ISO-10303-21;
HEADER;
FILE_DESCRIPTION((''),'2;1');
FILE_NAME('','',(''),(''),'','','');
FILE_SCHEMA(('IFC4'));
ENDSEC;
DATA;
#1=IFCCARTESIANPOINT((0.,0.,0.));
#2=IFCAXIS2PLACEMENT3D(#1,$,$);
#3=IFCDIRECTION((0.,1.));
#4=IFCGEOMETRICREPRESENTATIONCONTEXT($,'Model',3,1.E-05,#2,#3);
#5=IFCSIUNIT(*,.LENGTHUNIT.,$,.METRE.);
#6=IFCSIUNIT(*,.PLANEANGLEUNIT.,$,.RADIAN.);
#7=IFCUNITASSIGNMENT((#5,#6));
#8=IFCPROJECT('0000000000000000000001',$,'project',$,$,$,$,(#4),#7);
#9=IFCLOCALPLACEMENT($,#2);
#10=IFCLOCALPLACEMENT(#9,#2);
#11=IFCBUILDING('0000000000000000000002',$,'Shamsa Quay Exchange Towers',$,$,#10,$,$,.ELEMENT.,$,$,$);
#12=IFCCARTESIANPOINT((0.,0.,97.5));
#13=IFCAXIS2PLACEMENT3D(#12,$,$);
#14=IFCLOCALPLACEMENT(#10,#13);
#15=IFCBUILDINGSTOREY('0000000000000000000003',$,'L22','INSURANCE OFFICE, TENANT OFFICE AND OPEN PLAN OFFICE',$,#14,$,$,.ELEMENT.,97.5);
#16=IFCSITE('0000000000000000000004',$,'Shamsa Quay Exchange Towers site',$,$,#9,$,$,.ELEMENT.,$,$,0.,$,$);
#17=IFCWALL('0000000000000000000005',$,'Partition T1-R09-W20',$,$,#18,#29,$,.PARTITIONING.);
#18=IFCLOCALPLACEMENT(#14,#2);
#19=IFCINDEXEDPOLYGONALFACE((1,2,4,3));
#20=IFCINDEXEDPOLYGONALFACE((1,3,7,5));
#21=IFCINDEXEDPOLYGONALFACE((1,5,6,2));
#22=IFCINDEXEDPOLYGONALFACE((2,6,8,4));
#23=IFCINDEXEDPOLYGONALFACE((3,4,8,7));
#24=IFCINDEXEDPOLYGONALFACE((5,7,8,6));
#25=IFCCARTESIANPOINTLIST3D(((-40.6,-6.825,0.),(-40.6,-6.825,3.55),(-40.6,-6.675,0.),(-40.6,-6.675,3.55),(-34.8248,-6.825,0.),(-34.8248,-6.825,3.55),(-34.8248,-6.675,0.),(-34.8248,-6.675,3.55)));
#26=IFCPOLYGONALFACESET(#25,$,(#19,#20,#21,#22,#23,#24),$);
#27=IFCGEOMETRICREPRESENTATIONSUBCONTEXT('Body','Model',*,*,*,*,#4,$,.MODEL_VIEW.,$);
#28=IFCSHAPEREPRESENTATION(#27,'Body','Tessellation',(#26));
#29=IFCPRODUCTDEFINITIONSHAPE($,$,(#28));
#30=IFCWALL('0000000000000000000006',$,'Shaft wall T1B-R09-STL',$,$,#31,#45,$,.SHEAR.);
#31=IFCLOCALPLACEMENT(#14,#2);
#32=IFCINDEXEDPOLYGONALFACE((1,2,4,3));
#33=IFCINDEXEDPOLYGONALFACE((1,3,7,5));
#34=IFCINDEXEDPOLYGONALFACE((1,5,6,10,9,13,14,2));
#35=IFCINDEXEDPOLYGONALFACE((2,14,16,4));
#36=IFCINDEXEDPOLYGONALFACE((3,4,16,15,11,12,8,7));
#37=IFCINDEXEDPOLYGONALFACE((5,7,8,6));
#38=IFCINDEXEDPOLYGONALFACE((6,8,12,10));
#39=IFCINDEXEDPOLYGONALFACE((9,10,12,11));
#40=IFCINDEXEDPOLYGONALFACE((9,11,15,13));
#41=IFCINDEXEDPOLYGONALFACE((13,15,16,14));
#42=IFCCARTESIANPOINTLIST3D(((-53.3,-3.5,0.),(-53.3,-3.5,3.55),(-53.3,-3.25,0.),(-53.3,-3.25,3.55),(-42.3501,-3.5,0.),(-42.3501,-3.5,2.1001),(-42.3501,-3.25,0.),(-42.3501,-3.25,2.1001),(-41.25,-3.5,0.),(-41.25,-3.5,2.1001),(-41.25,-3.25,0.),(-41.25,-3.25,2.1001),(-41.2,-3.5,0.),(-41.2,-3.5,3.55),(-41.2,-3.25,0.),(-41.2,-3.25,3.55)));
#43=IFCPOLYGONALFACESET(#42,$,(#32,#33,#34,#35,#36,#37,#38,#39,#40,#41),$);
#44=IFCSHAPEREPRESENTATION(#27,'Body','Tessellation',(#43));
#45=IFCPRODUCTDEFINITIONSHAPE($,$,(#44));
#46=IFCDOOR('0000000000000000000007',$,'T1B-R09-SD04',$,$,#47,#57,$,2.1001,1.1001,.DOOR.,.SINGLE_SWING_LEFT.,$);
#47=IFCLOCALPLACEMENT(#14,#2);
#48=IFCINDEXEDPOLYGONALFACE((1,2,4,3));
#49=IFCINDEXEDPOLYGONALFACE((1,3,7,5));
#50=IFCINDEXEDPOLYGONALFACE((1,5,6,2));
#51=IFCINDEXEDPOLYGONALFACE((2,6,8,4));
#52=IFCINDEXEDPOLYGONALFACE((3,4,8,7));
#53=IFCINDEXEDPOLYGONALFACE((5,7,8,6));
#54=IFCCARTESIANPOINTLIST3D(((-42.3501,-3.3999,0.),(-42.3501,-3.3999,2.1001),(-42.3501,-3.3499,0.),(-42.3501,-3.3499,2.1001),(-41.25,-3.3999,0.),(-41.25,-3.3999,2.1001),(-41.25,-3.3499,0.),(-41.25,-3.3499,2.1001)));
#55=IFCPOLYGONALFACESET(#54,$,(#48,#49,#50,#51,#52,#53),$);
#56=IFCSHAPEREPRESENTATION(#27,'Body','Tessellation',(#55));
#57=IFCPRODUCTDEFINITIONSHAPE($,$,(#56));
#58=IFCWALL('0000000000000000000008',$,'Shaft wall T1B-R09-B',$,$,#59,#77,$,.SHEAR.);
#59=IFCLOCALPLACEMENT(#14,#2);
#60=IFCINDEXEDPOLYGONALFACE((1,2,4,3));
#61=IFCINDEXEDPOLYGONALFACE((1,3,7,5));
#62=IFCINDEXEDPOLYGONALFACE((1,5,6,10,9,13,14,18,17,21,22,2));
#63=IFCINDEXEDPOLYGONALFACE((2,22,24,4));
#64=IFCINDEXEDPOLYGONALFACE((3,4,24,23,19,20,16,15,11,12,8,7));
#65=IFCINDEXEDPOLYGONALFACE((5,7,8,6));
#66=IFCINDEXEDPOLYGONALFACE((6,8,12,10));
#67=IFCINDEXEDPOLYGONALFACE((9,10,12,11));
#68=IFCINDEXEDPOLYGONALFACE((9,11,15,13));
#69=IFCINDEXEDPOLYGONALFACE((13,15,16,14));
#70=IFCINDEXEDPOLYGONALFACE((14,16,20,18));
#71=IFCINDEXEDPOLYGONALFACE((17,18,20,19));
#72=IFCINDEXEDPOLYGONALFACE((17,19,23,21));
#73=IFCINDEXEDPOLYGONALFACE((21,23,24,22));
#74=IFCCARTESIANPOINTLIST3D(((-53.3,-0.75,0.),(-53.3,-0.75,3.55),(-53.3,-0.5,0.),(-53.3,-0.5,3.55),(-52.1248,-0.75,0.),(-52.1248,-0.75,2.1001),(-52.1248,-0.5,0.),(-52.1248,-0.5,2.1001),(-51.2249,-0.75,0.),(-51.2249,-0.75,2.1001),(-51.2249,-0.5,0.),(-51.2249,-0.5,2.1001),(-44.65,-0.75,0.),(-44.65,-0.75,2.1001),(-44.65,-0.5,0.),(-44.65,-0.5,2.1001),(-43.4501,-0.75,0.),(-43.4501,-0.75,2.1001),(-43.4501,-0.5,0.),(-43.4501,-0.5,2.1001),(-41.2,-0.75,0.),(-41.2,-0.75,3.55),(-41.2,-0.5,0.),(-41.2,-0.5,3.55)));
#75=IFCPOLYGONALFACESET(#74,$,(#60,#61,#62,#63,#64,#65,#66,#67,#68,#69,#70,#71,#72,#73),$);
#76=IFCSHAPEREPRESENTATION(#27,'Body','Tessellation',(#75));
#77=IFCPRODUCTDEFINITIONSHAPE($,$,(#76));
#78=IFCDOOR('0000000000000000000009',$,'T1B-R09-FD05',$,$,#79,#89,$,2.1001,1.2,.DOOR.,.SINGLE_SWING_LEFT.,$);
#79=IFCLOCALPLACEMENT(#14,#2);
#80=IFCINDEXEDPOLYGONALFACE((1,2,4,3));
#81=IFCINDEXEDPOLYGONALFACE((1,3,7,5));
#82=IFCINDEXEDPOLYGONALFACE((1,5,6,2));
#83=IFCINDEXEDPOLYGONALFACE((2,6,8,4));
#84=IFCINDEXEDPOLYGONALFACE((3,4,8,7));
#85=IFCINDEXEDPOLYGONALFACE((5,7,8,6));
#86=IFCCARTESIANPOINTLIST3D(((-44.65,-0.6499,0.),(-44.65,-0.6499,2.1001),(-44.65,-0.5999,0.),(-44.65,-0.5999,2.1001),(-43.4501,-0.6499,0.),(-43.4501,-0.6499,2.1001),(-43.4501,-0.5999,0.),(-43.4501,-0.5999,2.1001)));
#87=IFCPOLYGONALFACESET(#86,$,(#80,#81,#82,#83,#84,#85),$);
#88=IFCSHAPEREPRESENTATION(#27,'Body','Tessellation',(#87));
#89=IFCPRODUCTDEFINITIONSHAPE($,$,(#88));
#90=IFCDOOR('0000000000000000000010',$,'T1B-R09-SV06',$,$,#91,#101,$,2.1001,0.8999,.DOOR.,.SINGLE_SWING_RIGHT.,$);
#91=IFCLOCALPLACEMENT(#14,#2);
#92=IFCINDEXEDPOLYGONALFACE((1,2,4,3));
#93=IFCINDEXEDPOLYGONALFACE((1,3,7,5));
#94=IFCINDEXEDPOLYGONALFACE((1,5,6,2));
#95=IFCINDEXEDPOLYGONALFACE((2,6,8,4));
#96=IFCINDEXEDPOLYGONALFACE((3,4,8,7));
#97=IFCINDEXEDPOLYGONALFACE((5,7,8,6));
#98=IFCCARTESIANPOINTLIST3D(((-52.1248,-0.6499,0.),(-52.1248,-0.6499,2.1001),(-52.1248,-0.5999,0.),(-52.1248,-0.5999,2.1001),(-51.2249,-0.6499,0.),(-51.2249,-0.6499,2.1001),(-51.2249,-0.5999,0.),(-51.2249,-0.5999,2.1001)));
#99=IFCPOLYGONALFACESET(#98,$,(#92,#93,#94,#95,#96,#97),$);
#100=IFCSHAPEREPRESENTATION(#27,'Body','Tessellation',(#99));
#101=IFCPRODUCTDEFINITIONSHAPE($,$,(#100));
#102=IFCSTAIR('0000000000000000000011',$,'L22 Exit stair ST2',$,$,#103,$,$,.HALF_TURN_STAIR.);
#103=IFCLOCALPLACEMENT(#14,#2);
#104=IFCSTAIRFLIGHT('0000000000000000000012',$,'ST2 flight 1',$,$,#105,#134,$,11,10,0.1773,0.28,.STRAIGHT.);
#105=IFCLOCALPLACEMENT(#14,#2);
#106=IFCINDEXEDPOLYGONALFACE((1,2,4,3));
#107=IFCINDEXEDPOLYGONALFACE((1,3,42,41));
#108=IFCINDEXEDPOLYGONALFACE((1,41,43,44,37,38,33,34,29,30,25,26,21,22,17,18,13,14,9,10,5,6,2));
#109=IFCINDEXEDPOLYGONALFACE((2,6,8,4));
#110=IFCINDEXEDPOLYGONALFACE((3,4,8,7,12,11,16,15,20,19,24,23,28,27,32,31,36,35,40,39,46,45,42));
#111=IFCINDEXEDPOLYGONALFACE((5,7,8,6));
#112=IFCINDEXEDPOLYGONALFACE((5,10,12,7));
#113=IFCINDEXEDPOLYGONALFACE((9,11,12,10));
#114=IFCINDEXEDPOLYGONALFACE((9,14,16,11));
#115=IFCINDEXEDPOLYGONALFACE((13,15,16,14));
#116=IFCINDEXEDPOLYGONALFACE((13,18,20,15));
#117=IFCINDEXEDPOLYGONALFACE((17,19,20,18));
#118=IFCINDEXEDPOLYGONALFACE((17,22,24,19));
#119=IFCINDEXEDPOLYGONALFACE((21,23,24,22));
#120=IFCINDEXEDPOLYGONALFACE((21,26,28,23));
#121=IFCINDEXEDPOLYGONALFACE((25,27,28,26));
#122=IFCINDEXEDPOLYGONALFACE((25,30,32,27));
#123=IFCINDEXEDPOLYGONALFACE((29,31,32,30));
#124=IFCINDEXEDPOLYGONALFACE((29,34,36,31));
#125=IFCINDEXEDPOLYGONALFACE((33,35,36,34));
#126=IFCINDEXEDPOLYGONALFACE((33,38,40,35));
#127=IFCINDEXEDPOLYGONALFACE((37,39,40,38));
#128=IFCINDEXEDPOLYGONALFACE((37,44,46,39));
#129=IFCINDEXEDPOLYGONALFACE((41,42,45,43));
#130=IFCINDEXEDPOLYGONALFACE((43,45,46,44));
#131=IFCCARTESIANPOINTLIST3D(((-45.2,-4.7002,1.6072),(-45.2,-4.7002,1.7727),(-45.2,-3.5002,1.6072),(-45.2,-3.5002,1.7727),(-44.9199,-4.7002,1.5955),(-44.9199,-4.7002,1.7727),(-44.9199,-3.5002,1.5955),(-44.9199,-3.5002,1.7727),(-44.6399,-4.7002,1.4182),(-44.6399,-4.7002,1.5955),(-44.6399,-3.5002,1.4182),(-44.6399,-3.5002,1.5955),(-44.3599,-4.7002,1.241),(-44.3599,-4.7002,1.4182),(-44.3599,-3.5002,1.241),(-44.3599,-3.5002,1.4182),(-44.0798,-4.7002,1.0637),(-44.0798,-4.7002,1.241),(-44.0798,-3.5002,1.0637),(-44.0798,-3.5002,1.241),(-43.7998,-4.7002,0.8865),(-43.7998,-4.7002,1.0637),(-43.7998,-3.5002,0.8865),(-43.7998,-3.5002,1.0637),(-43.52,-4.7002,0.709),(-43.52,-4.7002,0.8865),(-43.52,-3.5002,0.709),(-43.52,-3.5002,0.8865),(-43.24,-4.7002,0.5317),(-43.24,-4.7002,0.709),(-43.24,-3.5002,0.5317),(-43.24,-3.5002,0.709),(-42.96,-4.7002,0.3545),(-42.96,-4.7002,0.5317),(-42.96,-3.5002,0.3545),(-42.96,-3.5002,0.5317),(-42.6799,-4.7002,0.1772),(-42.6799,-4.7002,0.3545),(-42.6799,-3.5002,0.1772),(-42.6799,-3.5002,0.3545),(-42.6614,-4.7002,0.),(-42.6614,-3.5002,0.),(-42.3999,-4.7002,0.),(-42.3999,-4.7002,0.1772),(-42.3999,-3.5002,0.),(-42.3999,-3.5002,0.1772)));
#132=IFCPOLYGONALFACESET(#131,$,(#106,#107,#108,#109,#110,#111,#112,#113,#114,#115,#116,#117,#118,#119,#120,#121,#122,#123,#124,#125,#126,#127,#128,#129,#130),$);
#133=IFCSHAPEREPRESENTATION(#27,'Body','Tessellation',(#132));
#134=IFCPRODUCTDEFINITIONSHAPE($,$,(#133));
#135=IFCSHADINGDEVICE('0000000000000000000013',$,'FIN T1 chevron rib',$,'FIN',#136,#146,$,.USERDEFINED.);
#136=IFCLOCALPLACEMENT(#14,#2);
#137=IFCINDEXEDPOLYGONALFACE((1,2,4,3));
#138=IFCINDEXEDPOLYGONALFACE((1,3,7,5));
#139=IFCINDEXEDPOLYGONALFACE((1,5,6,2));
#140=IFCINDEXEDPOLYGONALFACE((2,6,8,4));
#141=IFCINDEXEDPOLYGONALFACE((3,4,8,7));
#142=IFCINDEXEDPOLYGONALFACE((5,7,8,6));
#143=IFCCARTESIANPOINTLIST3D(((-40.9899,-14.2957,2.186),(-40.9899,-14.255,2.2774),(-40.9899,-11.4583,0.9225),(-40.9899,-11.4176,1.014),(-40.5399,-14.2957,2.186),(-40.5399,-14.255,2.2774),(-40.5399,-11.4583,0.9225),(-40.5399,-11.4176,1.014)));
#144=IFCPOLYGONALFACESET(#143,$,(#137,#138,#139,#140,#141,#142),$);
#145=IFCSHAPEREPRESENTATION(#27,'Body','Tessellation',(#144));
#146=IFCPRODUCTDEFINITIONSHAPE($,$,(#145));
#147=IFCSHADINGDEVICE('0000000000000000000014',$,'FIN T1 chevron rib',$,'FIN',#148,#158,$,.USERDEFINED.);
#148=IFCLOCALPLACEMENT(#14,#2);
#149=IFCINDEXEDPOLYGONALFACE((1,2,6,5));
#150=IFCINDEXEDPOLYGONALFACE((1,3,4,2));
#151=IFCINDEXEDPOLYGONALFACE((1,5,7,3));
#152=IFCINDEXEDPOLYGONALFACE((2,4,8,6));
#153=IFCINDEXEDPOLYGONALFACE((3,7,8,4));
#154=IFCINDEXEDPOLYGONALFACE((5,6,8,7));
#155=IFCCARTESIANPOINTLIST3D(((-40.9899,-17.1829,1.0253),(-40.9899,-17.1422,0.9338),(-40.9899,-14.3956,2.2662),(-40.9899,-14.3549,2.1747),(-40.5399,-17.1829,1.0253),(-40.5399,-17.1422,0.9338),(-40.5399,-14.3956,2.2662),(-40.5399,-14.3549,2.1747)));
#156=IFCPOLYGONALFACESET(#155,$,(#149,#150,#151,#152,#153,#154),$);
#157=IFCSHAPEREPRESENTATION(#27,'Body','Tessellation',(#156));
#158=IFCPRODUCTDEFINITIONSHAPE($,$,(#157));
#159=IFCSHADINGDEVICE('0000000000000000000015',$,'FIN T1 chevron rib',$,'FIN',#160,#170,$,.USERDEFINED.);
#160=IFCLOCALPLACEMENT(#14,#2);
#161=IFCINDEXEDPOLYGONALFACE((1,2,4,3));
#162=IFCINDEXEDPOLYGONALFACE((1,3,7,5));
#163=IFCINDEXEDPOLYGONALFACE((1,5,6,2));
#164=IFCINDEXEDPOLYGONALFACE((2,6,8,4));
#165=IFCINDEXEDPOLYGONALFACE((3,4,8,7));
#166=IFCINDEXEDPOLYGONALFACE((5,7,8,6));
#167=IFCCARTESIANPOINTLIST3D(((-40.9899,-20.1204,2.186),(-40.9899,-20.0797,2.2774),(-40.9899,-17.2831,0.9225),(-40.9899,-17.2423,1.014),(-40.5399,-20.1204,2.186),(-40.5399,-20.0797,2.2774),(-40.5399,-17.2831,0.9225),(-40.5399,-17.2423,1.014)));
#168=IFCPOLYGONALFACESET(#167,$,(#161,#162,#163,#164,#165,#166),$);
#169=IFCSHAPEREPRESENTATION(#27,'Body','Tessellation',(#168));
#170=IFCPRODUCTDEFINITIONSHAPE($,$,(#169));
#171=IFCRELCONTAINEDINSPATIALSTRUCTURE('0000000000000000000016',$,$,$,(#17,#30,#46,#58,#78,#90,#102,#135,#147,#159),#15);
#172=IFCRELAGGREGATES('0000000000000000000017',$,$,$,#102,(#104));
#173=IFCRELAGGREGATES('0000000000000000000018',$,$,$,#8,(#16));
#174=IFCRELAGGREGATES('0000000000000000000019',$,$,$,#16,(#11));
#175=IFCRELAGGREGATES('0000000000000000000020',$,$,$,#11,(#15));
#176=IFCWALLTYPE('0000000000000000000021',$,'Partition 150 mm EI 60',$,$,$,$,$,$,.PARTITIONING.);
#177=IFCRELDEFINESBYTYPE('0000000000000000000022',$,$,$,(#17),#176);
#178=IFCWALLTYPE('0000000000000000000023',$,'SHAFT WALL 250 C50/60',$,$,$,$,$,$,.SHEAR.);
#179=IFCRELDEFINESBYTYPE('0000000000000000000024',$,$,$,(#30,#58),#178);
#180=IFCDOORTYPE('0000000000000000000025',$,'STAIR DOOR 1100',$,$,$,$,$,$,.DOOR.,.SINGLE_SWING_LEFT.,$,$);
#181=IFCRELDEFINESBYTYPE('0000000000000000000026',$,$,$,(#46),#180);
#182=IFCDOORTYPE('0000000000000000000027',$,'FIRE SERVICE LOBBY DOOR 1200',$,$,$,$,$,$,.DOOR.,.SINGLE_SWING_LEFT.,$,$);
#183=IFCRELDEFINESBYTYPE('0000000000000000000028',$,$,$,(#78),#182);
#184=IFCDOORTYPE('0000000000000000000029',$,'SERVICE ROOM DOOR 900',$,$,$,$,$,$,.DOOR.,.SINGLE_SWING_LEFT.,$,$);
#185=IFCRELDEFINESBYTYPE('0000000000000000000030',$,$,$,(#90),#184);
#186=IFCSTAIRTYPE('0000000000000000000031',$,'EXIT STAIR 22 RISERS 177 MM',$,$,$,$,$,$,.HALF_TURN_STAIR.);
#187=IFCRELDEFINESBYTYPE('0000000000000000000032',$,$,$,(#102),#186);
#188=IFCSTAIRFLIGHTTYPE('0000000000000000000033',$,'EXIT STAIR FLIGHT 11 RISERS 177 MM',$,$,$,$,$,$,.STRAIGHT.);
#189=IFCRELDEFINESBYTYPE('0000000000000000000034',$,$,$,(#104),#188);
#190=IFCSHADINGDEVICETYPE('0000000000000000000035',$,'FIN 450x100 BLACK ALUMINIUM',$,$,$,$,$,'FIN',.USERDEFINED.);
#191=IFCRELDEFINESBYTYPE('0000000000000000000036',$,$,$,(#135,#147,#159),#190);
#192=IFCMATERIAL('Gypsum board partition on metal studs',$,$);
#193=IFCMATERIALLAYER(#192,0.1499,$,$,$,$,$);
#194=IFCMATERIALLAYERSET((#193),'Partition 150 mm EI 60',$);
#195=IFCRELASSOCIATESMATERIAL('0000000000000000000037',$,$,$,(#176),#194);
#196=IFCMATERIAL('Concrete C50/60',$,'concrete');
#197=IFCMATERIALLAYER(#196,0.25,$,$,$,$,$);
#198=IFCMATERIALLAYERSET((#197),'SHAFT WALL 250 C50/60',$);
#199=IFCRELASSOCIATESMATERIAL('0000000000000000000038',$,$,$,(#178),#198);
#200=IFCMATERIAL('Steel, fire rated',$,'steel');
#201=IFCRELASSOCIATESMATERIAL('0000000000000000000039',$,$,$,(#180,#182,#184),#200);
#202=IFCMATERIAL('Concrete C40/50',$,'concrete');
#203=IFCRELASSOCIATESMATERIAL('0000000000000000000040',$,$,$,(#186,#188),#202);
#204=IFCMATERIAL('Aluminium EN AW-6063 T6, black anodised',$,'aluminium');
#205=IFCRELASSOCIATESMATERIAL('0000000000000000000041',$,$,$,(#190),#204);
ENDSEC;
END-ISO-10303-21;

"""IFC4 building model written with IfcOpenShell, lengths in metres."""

from ifc_helpers import new_model, si_unit, direction, frame, frame_2d, origin, origin_2d, place, context, subcontext, project, spatial, polyline, rectangle, outline, extrude, material, layer, layer_set, material_profile, profile_set, type_object, element, fill, aggregate, save


model = new_model("IFC4")

# Units and contexts
model_context = context("Model", 3, precision=1e-05, world=origin(), true_north=direction((0.0, 1.0)))
body_context = subcontext(model_context, "Body", "Model", "MODEL_VIEW")
ifc_project = project(units=[si_unit("LENGTHUNIT", "METRE"), si_unit("PLANEANGLEUNIT", "RADIAN")], contexts=[model_context])

# Site, building, storey
site_placement = place(None, origin())
site = spatial("IfcSite", under=ifc_project, at=site_placement, Name="Shamsa Quay Exchange Towers site", CompositionType="ELEMENT", RefElevation=0.0)
building_placement = place(site_placement, origin())
building = spatial("IfcBuilding", under=site, at=building_placement, Name="Shamsa Quay Exchange Towers", CompositionType="ELEMENT")
storey_placement = place(building_placement, frame((0.0, 0.0, 97.5)))
storey = spatial("IfcBuildingStorey", under=building, at=storey_placement, Name="L22", Description="INSURANCE OFFICE, TENANT OFFICE AND OPEN PLAN OFFICE", CompositionType="ELEMENT", Elevation=97.5)

# Shared definitions
ifc_material_1 = material(Name="Aluminium EN AW-6063 T6, black anodised", Category="aluminium")

# Shared definitions
ifc_material_2 = material(Name="Steel, fire rated", Category="steel")
ifc_material_3 = material(Name="Gypsum board partition on metal studs")

# Wall
ifc_layer_1 = layer(ifc_material_3, 0.1499)
ifc_layer_set_1 = layer_set([ifc_layer_1], Name="Partition 150 mm EI 60")
wall_type_1 = type_object("IfcWallType", Name="Partition 150 mm EI 60", PredefinedType="PARTITIONING", material=ifc_layer_set_1)
wall_1_placement = place(storey_placement, frame((-40.6001, -6.75, 0.0)))
element("IfcWall", 1, at=wall_1_placement, inside=storey, type_object=wall_type_1, Name="Partition T1-R09-W20", PredefinedType="PARTITIONING", context=body_context, shape_type="SweptSolid", body=[
    extrude(rectangle(XDim=5.7751, YDim=0.1499, at=frame_2d((2.8877, 0.0))), origin(), (0.0, 0.0, 1.0), 3.55),
])

# Wall, opening, door
ifc_material_4 = material(Name="Concrete C50/60", Category="concrete")
ifc_layer_2 = layer(ifc_material_4, 0.25)
ifc_layer_set_2 = layer_set([ifc_layer_2], Name="SHAFT WALL 250 C50/60")
wall_type_2 = type_object("IfcWallType", Name="SHAFT WALL 250 C50/60", PredefinedType="SHEAR", material=ifc_layer_set_2)
wall_2_placement = place(storey_placement, frame((-41.2, -3.375, 0.0), z_axis=(0.0, 0.0, 1.0), x_axis=(-1.0, 0.0, 0.0)))
wall_2 = element("IfcWall", 2, at=wall_2_placement, inside=storey, type_object=wall_type_2, Name="Shaft wall T1B-R09-STL", PredefinedType="SHEAR", context=body_context, shape_type="SweptSolid", body=[
    extrude(rectangle(XDim=12.1001, YDim=0.25, at=frame_2d((6.05, 0.0))), origin(), (0.0, 0.0, 1.0), 3.55),
])
opening_1_placement = place(wall_2_placement, frame((0.05, 0.0, 0.0)))
opening_1 = element("IfcOpeningElement", 3, at=opening_1_placement, cuts=wall_2, PredefinedType="OPENING", context=body_context, shape_type="SweptSolid", body=[
    extrude(rectangle(XDim=1.1001, YDim=2.1001, at=frame_2d((0.55, 1.05))), frame((0.0, 0.135, 0.0), z_axis=(0.0, -1.0, 0.0), x_axis=(1.0, 0.0, 0.0)), (0.0, 0.0, 1.0), 0.27),
])
door_type_1 = type_object("IfcDoorType", Name="STAIR DOOR 1100", OperationType="SINGLE_SWING_LEFT", PredefinedType="DOOR", material=ifc_material_2)
door_1_placement = place(opening_1_placement, origin())
door_1 = element("IfcDoor", 4, at=door_1_placement, inside=storey, type_object=door_type_1, Name="T1B-R09-SD04", OperationType="SINGLE_SWING_LEFT", OverallHeight=2.1001, OverallWidth=1.1001, PredefinedType="DOOR", context=body_context, shape_type="SweptSolid", body=[
    extrude(rectangle(XDim=1.1001, YDim=2.1001, at=frame_2d((0.55, 1.05))), frame((0.0, 0.0249, 0.0), z_axis=(0.0, -1.0, 0.0), x_axis=(1.0, 0.0, 0.0)), (0.0, 0.0, 1.0), 0.05),
])
fill(opening_1, door_1)

# Wall, openings, doors
wall_3_placement = place(storey_placement, frame((-41.2, -0.625, 0.0), z_axis=(0.0, 0.0, 1.0), x_axis=(-1.0, 0.0, 0.0)))
wall_3 = element("IfcWall", 5, at=wall_3_placement, inside=storey, type_object=wall_type_2, Name="Shaft wall T1B-R09-B", PredefinedType="SHEAR", context=body_context, shape_type="SweptSolid", body=[
    extrude(rectangle(XDim=12.1001, YDim=0.25, at=frame_2d((6.05, 0.0))), origin(), (0.0, 0.0, 1.0), 3.55),
])
opening_2_placement = place(wall_3_placement, frame((2.25, 0.0, 0.0)))
opening_2 = element("IfcOpeningElement", 6, at=opening_2_placement, cuts=wall_3, PredefinedType="OPENING", context=body_context, shape_type="SweptSolid", body=[
    extrude(rectangle(XDim=1.2, YDim=2.1001, at=frame_2d((0.6001, 1.05))), frame((0.0, 0.135, 0.0), z_axis=(0.0, -1.0, 0.0), x_axis=(1.0, 0.0, 0.0)), (0.0, 0.0, 1.0), 0.27),
])
opening_3_placement = place(wall_3_placement, frame((10.0249, 0.0, 0.0)))
opening_3 = element("IfcOpeningElement", 7, at=opening_3_placement, cuts=wall_3, PredefinedType="OPENING", context=body_context, shape_type="SweptSolid", body=[
    extrude(rectangle(XDim=0.8999, YDim=2.1001, at=frame_2d((0.45, 1.05))), frame((0.0, 0.135, 0.0), z_axis=(0.0, -1.0, 0.0), x_axis=(1.0, 0.0, 0.0)), (0.0, 0.0, 1.0), 0.27),
])
door_type_2 = type_object("IfcDoorType", Name="FIRE SERVICE LOBBY DOOR 1200", OperationType="SINGLE_SWING_LEFT", PredefinedType="DOOR", material=ifc_material_2)
door_2_placement = place(opening_2_placement, origin())
door_2 = element("IfcDoor", 8, at=door_2_placement, inside=storey, type_object=door_type_2, Name="T1B-R09-FD05", OperationType="SINGLE_SWING_LEFT", OverallHeight=2.1001, OverallWidth=1.2, PredefinedType="DOOR", context=body_context, shape_type="SweptSolid", body=[
    extrude(rectangle(XDim=1.2, YDim=2.1001, at=frame_2d((0.6001, 1.05))), frame((0.0, 0.0249, 0.0), z_axis=(0.0, -1.0, 0.0), x_axis=(1.0, 0.0, 0.0)), (0.0, 0.0, 1.0), 0.05),
])
fill(opening_2, door_2)
door_type_3 = type_object("IfcDoorType", Name="SERVICE ROOM DOOR 900", OperationType="SINGLE_SWING_LEFT", PredefinedType="DOOR", material=ifc_material_2)
door_3_placement = place(opening_3_placement, origin())
door_3 = element("IfcDoor", 9, at=door_3_placement, inside=storey, type_object=door_type_3, Name="T1B-R09-SV06", OperationType="SINGLE_SWING_RIGHT", OverallHeight=2.1001, OverallWidth=0.8999, PredefinedType="DOOR", context=body_context, shape_type="SweptSolid", body=[
    extrude(rectangle(XDim=0.8999, YDim=2.1001, at=frame_2d((0.45, 1.05))), frame((0.0, 0.0249, 0.0), z_axis=(0.0, -1.0, 0.0), x_axis=(1.0, 0.0, 0.0)), (0.0, 0.0, 1.0), 0.05),
])
fill(opening_3, door_3)

# Stair, stair flight
ifc_material_5 = material(Name="Concrete C40/50", Category="concrete")
stair_type = type_object("IfcStairType", Name="EXIT STAIR 22 RISERS 177 MM", PredefinedType="HALF_TURN_STAIR", material=ifc_material_5)
stair_placement = place(storey_placement, origin())
stair = element("IfcStair", 10, at=stair_placement, inside=storey, type_object=stair_type, Name="L22 Exit stair ST2", PredefinedType="HALF_TURN_STAIR")
stair_flight_type = type_object("IfcStairFlightType", Name="EXIT STAIR FLIGHT 11 RISERS 177 MM", PredefinedType="STRAIGHT", material=ifc_material_5)
stair_flight_placement = place(storey_placement, frame((-42.3999, -4.1001, 0.0), z_axis=(0.0, 0.0, 1.0), x_axis=(-1.0, 0.0, 0.0)))
stair_flight = element("IfcStairFlight", 11, at=stair_flight_placement, type_object=stair_flight_type, Name="ST2 flight 1", NumberOfRisers=11, NumberOfTreads=10, PredefinedType="STRAIGHT", RiserHeight=0.1773, TreadLength=0.28, context=body_context, shape_type="SweptSolid", body=[
    extrude(outline(polyline([(0.0, 0.0), (0.0, 0.1772), (0.28, 0.1772), (0.28, 0.3545), (0.5601, 0.3545), (0.5601, 0.5317), (0.8401, 0.5317), (0.8401, 0.709), (1.1201, 0.709), (1.1201, 0.8865), (1.3999, 0.8865), (1.3999, 1.0637), (1.6799, 1.0637), (1.6799, 1.241), (1.96, 1.241), (1.96, 1.4182), (2.24, 1.4182), (2.24, 1.5955), (2.52, 1.5955), (2.52, 1.7727), (2.8, 1.7727), (2.8, 1.95), (2.8, 1.6072), (0.2615, 0.0), (0.0, 0.0)])), frame((0.0, 0.6001, 0.0), z_axis=(0.0, -1.0, 0.0), x_axis=(1.0, 0.0, 0.0)), (0.0, 0.0, 1.0), 1.2),
])
aggregate(stair, [stair_flight])

# Shading devices
ifc_material_profile_1 = material_profile(ifc_material_1, rectangle(XDim=0.45, YDim=0.1001, at=origin_2d()), Name="FIN450x100")
ifc_profile_set_1 = profile_set([ifc_material_profile_1], Name="Aluminium EN AW-6063 T6, black anodised")
shading_device_type = type_object("IfcShadingDeviceType", Name="FIN 450x100 BLACK ALUMINIUM", ElementType="FIN", PredefinedType="USERDEFINED", material=ifc_profile_set_1)
shading_device_1_placement = place(storey_placement, frame((-40.7649, -11.438, 0.9683), z_axis=(0.0, -0.913529, 0.406773), x_axis=(1.0, 0.0, 0.0)))
element("IfcShadingDevice", 12, at=shading_device_1_placement, inside=storey, type_object=shading_device_type, Name="FIN T1 chevron rib", ObjectType="FIN", PredefinedType="USERDEFINED", context=body_context, shape_type="SweptSolid", body=[
    extrude(rectangle(XDim=0.45, YDim=0.1001, at=origin_2d()), origin(), (0.0, 0.0, 1.0), 3.106),
])
shading_device_2_placement = place(storey_placement, frame((-40.7649, -14.3752, 2.2205), z_axis=(0.0, -0.913551, -0.406725), x_axis=(1.0, 0.0, 0.0)))
element("IfcShadingDevice", 13, at=shading_device_2_placement, inside=storey, type_object=shading_device_type, Name="FIN T1 chevron rib", ObjectType="FIN", PredefinedType="USERDEFINED", context=body_context, shape_type="SweptSolid", body=[
    extrude(rectangle(XDim=0.45, YDim=0.1001, at=origin_2d()), origin(), (0.0, 0.0, 1.0), 3.051),
])
shading_device_3_placement = place(storey_placement, frame((-40.7649, -17.2627, 0.9683), z_axis=(0.0, -0.913529, 0.406773), x_axis=(1.0, 0.0, 0.0)))
element("IfcShadingDevice", 14, at=shading_device_3_placement, inside=storey, type_object=shading_device_type, Name="FIN T1 chevron rib", ObjectType="FIN", PredefinedType="USERDEFINED", context=body_context, shape_type="SweptSolid", body=[
    extrude(rectangle(XDim=0.45, YDim=0.1001, at=origin_2d()), origin(), (0.0, 0.0, 1.0), 3.106),
])

save(model, "model.ifc")
